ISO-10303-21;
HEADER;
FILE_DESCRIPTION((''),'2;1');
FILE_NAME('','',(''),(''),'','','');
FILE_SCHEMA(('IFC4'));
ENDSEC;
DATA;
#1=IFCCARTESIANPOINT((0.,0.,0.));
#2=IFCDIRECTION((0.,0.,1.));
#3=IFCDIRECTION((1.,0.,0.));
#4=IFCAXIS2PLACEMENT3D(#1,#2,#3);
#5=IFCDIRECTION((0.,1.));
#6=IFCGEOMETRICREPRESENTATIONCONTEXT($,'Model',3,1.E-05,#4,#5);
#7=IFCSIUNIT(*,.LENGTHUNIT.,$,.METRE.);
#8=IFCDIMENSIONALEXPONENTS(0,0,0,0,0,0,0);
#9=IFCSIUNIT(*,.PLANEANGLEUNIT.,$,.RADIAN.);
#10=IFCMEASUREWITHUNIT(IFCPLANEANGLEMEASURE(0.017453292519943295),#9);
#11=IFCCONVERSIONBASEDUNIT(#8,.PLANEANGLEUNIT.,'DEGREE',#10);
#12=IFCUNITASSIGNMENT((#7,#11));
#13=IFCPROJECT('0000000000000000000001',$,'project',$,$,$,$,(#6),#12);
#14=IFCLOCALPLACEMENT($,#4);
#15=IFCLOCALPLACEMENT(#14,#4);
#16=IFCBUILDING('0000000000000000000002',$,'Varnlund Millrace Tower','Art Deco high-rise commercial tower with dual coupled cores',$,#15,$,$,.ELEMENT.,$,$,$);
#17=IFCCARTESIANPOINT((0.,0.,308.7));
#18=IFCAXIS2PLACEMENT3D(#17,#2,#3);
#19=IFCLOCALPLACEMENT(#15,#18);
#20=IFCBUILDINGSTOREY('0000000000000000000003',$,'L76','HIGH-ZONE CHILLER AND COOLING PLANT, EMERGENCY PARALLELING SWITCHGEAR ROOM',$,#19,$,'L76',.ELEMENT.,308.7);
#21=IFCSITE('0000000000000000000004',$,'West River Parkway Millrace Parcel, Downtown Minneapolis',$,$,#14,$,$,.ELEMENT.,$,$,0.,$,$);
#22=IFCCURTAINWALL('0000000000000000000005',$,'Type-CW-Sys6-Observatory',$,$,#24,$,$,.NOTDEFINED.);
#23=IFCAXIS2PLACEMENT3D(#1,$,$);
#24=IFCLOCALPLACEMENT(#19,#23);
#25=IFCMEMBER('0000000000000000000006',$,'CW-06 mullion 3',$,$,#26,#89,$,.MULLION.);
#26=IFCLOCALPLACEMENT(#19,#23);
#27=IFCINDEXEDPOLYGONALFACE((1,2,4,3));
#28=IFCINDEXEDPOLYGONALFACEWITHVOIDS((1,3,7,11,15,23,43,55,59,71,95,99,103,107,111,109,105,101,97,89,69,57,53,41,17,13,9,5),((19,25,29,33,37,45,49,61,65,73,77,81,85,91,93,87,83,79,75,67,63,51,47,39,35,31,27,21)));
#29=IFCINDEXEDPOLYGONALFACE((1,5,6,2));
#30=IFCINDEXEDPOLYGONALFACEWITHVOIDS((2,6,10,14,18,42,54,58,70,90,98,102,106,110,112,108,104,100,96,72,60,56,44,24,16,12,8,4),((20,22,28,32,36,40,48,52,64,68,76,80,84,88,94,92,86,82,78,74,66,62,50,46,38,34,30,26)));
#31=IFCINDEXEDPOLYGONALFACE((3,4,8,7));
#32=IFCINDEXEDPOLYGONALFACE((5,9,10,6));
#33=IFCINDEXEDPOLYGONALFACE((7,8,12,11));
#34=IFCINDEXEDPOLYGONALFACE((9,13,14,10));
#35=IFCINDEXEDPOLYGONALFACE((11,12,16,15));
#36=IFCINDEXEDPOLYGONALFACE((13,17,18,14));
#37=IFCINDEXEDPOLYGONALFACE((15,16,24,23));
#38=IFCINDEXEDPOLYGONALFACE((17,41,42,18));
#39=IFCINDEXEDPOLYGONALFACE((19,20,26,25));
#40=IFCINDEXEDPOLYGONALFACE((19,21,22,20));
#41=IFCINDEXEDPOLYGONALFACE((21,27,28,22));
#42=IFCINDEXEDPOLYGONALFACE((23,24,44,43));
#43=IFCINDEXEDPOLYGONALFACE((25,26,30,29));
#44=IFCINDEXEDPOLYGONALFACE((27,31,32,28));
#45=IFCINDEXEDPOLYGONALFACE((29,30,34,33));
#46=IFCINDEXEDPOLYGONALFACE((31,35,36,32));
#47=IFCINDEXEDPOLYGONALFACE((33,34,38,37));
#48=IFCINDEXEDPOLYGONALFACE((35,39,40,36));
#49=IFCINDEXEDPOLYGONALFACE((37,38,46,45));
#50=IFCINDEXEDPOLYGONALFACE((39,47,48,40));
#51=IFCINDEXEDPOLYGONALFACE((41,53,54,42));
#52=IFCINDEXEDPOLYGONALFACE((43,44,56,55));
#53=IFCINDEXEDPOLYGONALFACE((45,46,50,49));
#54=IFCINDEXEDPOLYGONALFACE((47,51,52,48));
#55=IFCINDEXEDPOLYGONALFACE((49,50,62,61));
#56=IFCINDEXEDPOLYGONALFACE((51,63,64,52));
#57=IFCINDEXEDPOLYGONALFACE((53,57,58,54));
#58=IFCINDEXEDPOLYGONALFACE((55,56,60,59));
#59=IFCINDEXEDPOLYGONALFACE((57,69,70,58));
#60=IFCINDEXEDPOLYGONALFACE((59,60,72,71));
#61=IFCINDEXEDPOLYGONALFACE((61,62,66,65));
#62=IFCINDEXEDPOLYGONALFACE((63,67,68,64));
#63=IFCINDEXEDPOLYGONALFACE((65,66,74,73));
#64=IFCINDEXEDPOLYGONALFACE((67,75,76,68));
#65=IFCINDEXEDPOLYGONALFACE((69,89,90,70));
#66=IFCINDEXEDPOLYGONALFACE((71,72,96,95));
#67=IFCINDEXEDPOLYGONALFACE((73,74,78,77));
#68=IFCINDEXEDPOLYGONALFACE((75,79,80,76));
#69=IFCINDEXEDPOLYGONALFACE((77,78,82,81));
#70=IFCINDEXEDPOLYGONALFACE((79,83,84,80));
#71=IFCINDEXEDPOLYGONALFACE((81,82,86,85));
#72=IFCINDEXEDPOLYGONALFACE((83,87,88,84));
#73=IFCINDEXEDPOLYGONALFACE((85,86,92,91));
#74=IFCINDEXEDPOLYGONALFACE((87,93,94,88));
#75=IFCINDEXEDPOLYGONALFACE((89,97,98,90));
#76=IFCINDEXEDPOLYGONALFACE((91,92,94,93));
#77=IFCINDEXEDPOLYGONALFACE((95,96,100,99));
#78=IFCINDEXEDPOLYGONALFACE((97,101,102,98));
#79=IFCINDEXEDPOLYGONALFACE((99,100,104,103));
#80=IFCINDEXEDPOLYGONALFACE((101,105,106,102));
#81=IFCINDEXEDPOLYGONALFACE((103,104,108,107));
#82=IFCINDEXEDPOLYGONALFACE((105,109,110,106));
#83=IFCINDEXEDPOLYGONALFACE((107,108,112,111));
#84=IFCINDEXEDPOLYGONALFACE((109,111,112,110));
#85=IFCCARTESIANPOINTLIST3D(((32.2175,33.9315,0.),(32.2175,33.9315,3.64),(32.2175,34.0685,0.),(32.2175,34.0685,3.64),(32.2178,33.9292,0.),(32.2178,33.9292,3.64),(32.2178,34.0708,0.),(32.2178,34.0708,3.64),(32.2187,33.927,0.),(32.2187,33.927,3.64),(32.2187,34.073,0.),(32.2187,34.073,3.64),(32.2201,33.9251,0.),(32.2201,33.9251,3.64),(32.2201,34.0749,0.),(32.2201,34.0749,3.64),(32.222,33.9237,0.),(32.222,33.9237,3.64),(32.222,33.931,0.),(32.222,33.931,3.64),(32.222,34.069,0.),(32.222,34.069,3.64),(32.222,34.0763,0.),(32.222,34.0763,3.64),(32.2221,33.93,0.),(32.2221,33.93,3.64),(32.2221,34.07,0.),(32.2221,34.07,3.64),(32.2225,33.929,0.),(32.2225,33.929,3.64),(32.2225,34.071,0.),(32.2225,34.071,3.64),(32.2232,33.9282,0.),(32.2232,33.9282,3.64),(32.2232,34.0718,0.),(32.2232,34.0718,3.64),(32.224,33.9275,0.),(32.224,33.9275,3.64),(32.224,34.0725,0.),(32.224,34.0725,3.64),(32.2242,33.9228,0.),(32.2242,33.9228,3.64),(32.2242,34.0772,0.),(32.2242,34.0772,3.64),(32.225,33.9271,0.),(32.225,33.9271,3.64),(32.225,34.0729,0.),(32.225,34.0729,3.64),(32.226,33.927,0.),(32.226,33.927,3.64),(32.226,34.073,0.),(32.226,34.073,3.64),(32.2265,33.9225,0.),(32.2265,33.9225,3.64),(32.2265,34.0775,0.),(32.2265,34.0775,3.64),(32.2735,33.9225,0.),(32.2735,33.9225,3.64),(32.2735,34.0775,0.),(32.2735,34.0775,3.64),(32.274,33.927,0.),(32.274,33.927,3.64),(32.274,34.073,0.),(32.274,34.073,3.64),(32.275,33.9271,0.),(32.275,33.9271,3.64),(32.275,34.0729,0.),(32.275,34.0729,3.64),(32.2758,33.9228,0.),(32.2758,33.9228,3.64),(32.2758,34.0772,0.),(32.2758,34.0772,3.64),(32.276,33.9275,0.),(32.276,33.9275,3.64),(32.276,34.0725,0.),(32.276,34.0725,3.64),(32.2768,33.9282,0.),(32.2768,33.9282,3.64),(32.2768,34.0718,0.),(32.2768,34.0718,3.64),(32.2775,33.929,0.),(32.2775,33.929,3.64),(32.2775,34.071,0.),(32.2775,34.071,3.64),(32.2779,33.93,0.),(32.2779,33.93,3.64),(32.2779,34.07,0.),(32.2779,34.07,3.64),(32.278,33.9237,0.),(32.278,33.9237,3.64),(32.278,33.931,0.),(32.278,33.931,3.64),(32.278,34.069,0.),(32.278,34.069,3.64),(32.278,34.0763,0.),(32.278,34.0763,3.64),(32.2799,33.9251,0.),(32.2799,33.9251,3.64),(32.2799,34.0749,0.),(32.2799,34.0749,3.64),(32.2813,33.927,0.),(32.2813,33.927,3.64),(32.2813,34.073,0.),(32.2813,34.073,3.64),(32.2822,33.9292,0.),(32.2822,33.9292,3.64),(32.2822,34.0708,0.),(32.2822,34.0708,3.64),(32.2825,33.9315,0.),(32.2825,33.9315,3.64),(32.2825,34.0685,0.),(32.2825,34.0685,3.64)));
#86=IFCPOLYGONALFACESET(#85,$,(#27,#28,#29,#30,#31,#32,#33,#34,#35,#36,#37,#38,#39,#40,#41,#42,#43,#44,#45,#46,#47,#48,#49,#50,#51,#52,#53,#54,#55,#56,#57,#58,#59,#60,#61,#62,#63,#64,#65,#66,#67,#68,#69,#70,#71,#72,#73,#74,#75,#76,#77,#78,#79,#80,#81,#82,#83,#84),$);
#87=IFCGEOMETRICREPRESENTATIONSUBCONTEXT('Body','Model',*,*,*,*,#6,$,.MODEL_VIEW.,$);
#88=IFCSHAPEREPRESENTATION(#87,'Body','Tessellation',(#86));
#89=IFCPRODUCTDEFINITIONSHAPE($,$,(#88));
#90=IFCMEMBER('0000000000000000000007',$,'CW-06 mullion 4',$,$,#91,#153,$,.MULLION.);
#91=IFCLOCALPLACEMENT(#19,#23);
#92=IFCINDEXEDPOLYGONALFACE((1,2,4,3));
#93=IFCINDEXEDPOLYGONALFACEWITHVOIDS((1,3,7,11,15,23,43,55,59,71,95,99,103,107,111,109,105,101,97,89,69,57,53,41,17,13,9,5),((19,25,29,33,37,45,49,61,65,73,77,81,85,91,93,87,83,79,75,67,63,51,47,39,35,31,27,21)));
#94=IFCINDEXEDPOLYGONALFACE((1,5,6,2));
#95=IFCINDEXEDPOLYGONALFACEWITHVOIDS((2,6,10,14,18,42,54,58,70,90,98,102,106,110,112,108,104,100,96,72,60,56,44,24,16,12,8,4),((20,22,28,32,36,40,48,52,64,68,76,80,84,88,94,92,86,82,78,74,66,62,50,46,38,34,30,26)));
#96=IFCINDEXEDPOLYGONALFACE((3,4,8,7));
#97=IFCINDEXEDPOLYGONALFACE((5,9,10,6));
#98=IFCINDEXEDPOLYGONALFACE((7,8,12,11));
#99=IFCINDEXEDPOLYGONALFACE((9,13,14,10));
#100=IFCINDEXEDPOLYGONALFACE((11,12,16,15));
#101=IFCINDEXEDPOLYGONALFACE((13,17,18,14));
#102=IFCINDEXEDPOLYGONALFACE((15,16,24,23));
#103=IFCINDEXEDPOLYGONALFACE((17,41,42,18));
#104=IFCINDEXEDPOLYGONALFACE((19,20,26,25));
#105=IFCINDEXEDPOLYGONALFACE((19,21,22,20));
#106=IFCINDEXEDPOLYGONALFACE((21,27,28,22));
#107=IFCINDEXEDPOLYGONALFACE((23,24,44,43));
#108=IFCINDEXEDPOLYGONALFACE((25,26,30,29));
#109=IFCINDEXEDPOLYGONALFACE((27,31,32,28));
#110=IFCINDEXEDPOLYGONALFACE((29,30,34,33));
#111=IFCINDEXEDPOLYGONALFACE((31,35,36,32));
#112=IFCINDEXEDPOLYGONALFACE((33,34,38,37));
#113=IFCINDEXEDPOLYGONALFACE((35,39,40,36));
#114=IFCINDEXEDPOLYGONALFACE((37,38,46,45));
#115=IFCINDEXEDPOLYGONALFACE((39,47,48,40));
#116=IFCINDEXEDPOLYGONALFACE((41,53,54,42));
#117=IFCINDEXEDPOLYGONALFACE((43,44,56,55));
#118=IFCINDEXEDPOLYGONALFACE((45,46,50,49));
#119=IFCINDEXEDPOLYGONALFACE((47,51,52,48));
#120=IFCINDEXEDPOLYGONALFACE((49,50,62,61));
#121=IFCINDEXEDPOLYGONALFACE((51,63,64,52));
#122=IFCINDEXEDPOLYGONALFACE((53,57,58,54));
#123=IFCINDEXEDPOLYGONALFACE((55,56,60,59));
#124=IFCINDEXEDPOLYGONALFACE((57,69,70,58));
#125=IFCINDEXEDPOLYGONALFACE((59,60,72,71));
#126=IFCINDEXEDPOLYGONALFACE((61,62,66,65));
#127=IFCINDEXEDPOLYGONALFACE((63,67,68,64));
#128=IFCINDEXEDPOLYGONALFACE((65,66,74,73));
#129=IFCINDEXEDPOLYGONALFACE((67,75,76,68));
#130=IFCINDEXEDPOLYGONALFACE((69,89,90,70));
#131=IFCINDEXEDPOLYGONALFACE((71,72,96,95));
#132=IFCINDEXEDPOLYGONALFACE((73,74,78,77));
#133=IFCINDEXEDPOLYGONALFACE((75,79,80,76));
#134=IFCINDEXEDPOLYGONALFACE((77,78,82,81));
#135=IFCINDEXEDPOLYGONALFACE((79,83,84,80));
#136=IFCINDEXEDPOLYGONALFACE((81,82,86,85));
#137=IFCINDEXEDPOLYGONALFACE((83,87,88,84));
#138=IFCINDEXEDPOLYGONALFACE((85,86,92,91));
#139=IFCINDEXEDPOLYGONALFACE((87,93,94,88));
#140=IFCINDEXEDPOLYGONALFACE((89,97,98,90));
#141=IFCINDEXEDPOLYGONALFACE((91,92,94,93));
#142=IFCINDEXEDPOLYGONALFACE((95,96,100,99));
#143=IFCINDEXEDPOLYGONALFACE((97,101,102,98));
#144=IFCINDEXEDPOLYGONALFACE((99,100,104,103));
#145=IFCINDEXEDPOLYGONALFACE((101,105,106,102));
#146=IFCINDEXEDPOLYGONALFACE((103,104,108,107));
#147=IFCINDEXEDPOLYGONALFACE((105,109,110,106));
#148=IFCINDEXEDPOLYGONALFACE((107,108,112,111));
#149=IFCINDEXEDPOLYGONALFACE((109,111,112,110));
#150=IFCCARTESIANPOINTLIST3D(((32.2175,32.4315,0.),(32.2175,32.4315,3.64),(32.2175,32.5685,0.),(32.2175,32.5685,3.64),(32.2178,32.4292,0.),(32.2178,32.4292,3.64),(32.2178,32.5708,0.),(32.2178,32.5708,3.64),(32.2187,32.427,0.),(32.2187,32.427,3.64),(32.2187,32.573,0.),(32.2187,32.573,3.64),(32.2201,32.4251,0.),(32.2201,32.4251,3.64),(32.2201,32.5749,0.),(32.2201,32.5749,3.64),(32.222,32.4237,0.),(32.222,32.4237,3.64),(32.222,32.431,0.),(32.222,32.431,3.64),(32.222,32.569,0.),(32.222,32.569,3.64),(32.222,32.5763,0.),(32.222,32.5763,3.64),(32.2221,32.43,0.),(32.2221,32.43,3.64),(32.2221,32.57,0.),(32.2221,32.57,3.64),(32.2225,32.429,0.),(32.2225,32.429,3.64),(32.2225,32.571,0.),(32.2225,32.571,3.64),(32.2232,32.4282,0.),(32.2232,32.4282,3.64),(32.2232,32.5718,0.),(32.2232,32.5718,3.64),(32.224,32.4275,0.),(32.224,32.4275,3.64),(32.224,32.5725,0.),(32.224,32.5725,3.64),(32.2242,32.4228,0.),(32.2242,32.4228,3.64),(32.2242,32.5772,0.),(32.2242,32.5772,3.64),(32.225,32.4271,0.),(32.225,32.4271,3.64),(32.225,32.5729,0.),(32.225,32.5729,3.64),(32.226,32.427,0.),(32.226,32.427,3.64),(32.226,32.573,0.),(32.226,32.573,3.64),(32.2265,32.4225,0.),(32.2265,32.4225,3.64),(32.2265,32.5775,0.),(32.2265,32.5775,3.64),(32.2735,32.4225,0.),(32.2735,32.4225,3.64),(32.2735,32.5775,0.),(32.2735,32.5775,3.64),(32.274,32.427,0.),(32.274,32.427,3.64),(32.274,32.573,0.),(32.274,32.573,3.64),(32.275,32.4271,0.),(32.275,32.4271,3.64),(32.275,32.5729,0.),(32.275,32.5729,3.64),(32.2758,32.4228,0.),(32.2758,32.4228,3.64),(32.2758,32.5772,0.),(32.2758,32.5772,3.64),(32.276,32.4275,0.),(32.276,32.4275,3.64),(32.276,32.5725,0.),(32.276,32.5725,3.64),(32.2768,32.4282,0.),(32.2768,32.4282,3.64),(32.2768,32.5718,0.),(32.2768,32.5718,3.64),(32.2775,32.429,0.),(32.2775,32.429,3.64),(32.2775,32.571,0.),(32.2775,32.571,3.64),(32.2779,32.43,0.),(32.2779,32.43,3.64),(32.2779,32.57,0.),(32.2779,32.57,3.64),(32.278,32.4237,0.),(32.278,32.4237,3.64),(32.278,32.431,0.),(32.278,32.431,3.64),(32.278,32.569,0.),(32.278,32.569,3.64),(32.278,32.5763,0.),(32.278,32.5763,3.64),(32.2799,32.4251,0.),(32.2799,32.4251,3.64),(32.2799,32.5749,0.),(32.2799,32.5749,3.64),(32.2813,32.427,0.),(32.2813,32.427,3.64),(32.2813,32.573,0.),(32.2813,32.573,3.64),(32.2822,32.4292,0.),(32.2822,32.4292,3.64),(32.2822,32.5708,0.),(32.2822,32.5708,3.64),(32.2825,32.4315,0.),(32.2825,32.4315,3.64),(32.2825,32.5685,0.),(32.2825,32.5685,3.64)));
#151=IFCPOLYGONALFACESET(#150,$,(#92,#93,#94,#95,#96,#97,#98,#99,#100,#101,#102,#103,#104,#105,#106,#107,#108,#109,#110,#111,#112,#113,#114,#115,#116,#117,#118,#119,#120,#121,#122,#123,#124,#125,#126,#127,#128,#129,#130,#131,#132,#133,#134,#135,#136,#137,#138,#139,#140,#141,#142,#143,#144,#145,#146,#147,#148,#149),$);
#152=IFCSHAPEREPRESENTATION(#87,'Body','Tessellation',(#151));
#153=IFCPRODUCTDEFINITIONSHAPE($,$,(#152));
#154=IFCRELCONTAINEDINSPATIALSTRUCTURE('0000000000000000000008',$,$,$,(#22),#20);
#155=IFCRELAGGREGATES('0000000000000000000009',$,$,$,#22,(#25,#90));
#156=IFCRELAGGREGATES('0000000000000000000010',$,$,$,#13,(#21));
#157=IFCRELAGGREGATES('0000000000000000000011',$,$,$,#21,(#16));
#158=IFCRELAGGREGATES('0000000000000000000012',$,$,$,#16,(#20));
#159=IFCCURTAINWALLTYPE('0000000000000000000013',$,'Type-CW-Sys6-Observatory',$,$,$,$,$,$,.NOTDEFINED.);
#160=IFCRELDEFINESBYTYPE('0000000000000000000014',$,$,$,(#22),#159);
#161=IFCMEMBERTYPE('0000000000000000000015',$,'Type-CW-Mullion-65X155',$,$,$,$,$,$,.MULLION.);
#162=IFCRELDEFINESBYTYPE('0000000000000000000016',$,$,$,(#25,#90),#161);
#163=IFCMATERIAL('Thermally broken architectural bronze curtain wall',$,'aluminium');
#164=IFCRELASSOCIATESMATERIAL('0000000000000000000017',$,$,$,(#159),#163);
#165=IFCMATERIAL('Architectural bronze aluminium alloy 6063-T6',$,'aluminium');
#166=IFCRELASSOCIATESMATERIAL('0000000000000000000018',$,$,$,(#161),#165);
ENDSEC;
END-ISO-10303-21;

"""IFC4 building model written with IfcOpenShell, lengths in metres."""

from ifc_helpers import new_model, entity, si_unit, converted_unit, direction, frame, origin_with_axes, origin_2d_with_axis, place, context, subcontext, project, spatial, hollow_rectangle, extrude, material, material_profile, profile_set, type_object, element, aggregate, save


model = new_model("IFC4")

# Units and contexts
model_context = context("Model", 3, precision=1e-05, world=origin_with_axes(), true_north=direction((0.0, 1.0)))
body_context = subcontext(model_context, "Body", "Model", "MODEL_VIEW")
ifc_project = project(units=[si_unit("LENGTHUNIT", "METRE"), converted_unit("PLANEANGLEUNIT", "DEGREE", entity("IfcPlaneAngleMeasure", 0.017453292519943295), si_unit("PLANEANGLEUNIT", "RADIAN"), dimensions=[0, 0, 0, 0, 0, 0, 0])], contexts=[model_context])

# Site, building, storey
site_placement = place(None, origin_with_axes())
site = spatial("IfcSite", under=ifc_project, at=site_placement, Name="West River Parkway Millrace Parcel, Downtown Minneapolis", CompositionType="ELEMENT", RefElevation=0.0)
building_placement = place(site_placement, origin_with_axes())
building = spatial("IfcBuilding", under=site, at=building_placement, Name="Varnlund Millrace Tower", Description="Art Deco high-rise commercial tower with dual coupled cores", CompositionType="ELEMENT")
storey_placement = place(building_placement, frame((0.0, 0.0, 308.7), z_axis=(0.0, 0.0, 1.0), x_axis=(1.0, 0.0, 0.0)))
storey = spatial("IfcBuildingStorey", under=building, at=storey_placement, Name="L76", Description="HIGH-ZONE CHILLER AND COOLING PLANT, EMERGENCY PARALLELING SWITCHGEAR ROOM", LongName="L76", CompositionType="ELEMENT", Elevation=308.7)

# Curtain wall, members
ifc_material_1 = material(Name="Thermally broken architectural bronze curtain wall", Category="aluminium")
curtain_wall_type = type_object("IfcCurtainWallType", Name="Type-CW-Sys6-Observatory", PredefinedType="NOTDEFINED", material=ifc_material_1)
curtain_wall_1_placement = place(storey_placement, frame((32.25, 37.0, 0.0), z_axis=(0.0, 0.0, 1.0), x_axis=(1.0, 0.0, 0.0)))
curtain_wall_1 = element("IfcCurtainWall", 1, at=curtain_wall_1_placement, inside=storey, type_object=curtain_wall_type, Name="Type-CW-Sys6-Observatory", PredefinedType="NOTDEFINED")
ifc_material_2 = material(Name="Architectural bronze aluminium alloy 6063-T6", Category="aluminium")
ifc_material_profile_1 = material_profile(ifc_material_2, hollow_rectangle(XDim=0.065, YDim=0.155, WallThickness=0.0045, InnerFilletRadius=0.004, OuterFilletRadius=0.009, at=origin_2d_with_axis()), Name="Architectural bronze aluminium alloy 6063-T6")
ifc_profile_set_1 = profile_set([ifc_material_profile_1], Name="Architectural bronze aluminium alloy 6063-T6")
member_type = type_object("IfcMemberType", Name="Type-CW-Mullion-65X155", PredefinedType="MULLION", material=ifc_profile_set_1)
member_1_placement = place(storey_placement, frame((32.25, 34.0, 0.0), z_axis=(0.0, 0.0, 1.0), x_axis=(1.0, 0.0, 0.0)))
member_1 = element("IfcMember", 2, at=member_1_placement, type_object=member_type, Name="CW-06 mullion 3", PredefinedType="MULLION", context=body_context, shape_type="SweptSolid", body=[
    extrude(hollow_rectangle(XDim=0.065, YDim=0.155, WallThickness=0.0045, InnerFilletRadius=0.004, OuterFilletRadius=0.009, at=origin_2d_with_axis()), origin_with_axes(), (0.0, 0.0, 1.0), 3.64),
])
member_2_placement = place(storey_placement, frame((32.25, 32.5, 0.0), z_axis=(0.0, 0.0, 1.0), x_axis=(1.0, 0.0, 0.0)))
member_2 = element("IfcMember", 3, at=member_2_placement, type_object=member_type, Name="CW-06 mullion 4", PredefinedType="MULLION", context=body_context, shape_type="SweptSolid", body=[
    extrude(hollow_rectangle(XDim=0.065, YDim=0.155, WallThickness=0.0045, InnerFilletRadius=0.004, OuterFilletRadius=0.009, at=origin_2d_with_axis()), origin_with_axes(), (0.0, 0.0, 1.0), 3.64),
])
aggregate(curtain_wall_1, [member_1, member_2])

save(model, "model.ifc")
